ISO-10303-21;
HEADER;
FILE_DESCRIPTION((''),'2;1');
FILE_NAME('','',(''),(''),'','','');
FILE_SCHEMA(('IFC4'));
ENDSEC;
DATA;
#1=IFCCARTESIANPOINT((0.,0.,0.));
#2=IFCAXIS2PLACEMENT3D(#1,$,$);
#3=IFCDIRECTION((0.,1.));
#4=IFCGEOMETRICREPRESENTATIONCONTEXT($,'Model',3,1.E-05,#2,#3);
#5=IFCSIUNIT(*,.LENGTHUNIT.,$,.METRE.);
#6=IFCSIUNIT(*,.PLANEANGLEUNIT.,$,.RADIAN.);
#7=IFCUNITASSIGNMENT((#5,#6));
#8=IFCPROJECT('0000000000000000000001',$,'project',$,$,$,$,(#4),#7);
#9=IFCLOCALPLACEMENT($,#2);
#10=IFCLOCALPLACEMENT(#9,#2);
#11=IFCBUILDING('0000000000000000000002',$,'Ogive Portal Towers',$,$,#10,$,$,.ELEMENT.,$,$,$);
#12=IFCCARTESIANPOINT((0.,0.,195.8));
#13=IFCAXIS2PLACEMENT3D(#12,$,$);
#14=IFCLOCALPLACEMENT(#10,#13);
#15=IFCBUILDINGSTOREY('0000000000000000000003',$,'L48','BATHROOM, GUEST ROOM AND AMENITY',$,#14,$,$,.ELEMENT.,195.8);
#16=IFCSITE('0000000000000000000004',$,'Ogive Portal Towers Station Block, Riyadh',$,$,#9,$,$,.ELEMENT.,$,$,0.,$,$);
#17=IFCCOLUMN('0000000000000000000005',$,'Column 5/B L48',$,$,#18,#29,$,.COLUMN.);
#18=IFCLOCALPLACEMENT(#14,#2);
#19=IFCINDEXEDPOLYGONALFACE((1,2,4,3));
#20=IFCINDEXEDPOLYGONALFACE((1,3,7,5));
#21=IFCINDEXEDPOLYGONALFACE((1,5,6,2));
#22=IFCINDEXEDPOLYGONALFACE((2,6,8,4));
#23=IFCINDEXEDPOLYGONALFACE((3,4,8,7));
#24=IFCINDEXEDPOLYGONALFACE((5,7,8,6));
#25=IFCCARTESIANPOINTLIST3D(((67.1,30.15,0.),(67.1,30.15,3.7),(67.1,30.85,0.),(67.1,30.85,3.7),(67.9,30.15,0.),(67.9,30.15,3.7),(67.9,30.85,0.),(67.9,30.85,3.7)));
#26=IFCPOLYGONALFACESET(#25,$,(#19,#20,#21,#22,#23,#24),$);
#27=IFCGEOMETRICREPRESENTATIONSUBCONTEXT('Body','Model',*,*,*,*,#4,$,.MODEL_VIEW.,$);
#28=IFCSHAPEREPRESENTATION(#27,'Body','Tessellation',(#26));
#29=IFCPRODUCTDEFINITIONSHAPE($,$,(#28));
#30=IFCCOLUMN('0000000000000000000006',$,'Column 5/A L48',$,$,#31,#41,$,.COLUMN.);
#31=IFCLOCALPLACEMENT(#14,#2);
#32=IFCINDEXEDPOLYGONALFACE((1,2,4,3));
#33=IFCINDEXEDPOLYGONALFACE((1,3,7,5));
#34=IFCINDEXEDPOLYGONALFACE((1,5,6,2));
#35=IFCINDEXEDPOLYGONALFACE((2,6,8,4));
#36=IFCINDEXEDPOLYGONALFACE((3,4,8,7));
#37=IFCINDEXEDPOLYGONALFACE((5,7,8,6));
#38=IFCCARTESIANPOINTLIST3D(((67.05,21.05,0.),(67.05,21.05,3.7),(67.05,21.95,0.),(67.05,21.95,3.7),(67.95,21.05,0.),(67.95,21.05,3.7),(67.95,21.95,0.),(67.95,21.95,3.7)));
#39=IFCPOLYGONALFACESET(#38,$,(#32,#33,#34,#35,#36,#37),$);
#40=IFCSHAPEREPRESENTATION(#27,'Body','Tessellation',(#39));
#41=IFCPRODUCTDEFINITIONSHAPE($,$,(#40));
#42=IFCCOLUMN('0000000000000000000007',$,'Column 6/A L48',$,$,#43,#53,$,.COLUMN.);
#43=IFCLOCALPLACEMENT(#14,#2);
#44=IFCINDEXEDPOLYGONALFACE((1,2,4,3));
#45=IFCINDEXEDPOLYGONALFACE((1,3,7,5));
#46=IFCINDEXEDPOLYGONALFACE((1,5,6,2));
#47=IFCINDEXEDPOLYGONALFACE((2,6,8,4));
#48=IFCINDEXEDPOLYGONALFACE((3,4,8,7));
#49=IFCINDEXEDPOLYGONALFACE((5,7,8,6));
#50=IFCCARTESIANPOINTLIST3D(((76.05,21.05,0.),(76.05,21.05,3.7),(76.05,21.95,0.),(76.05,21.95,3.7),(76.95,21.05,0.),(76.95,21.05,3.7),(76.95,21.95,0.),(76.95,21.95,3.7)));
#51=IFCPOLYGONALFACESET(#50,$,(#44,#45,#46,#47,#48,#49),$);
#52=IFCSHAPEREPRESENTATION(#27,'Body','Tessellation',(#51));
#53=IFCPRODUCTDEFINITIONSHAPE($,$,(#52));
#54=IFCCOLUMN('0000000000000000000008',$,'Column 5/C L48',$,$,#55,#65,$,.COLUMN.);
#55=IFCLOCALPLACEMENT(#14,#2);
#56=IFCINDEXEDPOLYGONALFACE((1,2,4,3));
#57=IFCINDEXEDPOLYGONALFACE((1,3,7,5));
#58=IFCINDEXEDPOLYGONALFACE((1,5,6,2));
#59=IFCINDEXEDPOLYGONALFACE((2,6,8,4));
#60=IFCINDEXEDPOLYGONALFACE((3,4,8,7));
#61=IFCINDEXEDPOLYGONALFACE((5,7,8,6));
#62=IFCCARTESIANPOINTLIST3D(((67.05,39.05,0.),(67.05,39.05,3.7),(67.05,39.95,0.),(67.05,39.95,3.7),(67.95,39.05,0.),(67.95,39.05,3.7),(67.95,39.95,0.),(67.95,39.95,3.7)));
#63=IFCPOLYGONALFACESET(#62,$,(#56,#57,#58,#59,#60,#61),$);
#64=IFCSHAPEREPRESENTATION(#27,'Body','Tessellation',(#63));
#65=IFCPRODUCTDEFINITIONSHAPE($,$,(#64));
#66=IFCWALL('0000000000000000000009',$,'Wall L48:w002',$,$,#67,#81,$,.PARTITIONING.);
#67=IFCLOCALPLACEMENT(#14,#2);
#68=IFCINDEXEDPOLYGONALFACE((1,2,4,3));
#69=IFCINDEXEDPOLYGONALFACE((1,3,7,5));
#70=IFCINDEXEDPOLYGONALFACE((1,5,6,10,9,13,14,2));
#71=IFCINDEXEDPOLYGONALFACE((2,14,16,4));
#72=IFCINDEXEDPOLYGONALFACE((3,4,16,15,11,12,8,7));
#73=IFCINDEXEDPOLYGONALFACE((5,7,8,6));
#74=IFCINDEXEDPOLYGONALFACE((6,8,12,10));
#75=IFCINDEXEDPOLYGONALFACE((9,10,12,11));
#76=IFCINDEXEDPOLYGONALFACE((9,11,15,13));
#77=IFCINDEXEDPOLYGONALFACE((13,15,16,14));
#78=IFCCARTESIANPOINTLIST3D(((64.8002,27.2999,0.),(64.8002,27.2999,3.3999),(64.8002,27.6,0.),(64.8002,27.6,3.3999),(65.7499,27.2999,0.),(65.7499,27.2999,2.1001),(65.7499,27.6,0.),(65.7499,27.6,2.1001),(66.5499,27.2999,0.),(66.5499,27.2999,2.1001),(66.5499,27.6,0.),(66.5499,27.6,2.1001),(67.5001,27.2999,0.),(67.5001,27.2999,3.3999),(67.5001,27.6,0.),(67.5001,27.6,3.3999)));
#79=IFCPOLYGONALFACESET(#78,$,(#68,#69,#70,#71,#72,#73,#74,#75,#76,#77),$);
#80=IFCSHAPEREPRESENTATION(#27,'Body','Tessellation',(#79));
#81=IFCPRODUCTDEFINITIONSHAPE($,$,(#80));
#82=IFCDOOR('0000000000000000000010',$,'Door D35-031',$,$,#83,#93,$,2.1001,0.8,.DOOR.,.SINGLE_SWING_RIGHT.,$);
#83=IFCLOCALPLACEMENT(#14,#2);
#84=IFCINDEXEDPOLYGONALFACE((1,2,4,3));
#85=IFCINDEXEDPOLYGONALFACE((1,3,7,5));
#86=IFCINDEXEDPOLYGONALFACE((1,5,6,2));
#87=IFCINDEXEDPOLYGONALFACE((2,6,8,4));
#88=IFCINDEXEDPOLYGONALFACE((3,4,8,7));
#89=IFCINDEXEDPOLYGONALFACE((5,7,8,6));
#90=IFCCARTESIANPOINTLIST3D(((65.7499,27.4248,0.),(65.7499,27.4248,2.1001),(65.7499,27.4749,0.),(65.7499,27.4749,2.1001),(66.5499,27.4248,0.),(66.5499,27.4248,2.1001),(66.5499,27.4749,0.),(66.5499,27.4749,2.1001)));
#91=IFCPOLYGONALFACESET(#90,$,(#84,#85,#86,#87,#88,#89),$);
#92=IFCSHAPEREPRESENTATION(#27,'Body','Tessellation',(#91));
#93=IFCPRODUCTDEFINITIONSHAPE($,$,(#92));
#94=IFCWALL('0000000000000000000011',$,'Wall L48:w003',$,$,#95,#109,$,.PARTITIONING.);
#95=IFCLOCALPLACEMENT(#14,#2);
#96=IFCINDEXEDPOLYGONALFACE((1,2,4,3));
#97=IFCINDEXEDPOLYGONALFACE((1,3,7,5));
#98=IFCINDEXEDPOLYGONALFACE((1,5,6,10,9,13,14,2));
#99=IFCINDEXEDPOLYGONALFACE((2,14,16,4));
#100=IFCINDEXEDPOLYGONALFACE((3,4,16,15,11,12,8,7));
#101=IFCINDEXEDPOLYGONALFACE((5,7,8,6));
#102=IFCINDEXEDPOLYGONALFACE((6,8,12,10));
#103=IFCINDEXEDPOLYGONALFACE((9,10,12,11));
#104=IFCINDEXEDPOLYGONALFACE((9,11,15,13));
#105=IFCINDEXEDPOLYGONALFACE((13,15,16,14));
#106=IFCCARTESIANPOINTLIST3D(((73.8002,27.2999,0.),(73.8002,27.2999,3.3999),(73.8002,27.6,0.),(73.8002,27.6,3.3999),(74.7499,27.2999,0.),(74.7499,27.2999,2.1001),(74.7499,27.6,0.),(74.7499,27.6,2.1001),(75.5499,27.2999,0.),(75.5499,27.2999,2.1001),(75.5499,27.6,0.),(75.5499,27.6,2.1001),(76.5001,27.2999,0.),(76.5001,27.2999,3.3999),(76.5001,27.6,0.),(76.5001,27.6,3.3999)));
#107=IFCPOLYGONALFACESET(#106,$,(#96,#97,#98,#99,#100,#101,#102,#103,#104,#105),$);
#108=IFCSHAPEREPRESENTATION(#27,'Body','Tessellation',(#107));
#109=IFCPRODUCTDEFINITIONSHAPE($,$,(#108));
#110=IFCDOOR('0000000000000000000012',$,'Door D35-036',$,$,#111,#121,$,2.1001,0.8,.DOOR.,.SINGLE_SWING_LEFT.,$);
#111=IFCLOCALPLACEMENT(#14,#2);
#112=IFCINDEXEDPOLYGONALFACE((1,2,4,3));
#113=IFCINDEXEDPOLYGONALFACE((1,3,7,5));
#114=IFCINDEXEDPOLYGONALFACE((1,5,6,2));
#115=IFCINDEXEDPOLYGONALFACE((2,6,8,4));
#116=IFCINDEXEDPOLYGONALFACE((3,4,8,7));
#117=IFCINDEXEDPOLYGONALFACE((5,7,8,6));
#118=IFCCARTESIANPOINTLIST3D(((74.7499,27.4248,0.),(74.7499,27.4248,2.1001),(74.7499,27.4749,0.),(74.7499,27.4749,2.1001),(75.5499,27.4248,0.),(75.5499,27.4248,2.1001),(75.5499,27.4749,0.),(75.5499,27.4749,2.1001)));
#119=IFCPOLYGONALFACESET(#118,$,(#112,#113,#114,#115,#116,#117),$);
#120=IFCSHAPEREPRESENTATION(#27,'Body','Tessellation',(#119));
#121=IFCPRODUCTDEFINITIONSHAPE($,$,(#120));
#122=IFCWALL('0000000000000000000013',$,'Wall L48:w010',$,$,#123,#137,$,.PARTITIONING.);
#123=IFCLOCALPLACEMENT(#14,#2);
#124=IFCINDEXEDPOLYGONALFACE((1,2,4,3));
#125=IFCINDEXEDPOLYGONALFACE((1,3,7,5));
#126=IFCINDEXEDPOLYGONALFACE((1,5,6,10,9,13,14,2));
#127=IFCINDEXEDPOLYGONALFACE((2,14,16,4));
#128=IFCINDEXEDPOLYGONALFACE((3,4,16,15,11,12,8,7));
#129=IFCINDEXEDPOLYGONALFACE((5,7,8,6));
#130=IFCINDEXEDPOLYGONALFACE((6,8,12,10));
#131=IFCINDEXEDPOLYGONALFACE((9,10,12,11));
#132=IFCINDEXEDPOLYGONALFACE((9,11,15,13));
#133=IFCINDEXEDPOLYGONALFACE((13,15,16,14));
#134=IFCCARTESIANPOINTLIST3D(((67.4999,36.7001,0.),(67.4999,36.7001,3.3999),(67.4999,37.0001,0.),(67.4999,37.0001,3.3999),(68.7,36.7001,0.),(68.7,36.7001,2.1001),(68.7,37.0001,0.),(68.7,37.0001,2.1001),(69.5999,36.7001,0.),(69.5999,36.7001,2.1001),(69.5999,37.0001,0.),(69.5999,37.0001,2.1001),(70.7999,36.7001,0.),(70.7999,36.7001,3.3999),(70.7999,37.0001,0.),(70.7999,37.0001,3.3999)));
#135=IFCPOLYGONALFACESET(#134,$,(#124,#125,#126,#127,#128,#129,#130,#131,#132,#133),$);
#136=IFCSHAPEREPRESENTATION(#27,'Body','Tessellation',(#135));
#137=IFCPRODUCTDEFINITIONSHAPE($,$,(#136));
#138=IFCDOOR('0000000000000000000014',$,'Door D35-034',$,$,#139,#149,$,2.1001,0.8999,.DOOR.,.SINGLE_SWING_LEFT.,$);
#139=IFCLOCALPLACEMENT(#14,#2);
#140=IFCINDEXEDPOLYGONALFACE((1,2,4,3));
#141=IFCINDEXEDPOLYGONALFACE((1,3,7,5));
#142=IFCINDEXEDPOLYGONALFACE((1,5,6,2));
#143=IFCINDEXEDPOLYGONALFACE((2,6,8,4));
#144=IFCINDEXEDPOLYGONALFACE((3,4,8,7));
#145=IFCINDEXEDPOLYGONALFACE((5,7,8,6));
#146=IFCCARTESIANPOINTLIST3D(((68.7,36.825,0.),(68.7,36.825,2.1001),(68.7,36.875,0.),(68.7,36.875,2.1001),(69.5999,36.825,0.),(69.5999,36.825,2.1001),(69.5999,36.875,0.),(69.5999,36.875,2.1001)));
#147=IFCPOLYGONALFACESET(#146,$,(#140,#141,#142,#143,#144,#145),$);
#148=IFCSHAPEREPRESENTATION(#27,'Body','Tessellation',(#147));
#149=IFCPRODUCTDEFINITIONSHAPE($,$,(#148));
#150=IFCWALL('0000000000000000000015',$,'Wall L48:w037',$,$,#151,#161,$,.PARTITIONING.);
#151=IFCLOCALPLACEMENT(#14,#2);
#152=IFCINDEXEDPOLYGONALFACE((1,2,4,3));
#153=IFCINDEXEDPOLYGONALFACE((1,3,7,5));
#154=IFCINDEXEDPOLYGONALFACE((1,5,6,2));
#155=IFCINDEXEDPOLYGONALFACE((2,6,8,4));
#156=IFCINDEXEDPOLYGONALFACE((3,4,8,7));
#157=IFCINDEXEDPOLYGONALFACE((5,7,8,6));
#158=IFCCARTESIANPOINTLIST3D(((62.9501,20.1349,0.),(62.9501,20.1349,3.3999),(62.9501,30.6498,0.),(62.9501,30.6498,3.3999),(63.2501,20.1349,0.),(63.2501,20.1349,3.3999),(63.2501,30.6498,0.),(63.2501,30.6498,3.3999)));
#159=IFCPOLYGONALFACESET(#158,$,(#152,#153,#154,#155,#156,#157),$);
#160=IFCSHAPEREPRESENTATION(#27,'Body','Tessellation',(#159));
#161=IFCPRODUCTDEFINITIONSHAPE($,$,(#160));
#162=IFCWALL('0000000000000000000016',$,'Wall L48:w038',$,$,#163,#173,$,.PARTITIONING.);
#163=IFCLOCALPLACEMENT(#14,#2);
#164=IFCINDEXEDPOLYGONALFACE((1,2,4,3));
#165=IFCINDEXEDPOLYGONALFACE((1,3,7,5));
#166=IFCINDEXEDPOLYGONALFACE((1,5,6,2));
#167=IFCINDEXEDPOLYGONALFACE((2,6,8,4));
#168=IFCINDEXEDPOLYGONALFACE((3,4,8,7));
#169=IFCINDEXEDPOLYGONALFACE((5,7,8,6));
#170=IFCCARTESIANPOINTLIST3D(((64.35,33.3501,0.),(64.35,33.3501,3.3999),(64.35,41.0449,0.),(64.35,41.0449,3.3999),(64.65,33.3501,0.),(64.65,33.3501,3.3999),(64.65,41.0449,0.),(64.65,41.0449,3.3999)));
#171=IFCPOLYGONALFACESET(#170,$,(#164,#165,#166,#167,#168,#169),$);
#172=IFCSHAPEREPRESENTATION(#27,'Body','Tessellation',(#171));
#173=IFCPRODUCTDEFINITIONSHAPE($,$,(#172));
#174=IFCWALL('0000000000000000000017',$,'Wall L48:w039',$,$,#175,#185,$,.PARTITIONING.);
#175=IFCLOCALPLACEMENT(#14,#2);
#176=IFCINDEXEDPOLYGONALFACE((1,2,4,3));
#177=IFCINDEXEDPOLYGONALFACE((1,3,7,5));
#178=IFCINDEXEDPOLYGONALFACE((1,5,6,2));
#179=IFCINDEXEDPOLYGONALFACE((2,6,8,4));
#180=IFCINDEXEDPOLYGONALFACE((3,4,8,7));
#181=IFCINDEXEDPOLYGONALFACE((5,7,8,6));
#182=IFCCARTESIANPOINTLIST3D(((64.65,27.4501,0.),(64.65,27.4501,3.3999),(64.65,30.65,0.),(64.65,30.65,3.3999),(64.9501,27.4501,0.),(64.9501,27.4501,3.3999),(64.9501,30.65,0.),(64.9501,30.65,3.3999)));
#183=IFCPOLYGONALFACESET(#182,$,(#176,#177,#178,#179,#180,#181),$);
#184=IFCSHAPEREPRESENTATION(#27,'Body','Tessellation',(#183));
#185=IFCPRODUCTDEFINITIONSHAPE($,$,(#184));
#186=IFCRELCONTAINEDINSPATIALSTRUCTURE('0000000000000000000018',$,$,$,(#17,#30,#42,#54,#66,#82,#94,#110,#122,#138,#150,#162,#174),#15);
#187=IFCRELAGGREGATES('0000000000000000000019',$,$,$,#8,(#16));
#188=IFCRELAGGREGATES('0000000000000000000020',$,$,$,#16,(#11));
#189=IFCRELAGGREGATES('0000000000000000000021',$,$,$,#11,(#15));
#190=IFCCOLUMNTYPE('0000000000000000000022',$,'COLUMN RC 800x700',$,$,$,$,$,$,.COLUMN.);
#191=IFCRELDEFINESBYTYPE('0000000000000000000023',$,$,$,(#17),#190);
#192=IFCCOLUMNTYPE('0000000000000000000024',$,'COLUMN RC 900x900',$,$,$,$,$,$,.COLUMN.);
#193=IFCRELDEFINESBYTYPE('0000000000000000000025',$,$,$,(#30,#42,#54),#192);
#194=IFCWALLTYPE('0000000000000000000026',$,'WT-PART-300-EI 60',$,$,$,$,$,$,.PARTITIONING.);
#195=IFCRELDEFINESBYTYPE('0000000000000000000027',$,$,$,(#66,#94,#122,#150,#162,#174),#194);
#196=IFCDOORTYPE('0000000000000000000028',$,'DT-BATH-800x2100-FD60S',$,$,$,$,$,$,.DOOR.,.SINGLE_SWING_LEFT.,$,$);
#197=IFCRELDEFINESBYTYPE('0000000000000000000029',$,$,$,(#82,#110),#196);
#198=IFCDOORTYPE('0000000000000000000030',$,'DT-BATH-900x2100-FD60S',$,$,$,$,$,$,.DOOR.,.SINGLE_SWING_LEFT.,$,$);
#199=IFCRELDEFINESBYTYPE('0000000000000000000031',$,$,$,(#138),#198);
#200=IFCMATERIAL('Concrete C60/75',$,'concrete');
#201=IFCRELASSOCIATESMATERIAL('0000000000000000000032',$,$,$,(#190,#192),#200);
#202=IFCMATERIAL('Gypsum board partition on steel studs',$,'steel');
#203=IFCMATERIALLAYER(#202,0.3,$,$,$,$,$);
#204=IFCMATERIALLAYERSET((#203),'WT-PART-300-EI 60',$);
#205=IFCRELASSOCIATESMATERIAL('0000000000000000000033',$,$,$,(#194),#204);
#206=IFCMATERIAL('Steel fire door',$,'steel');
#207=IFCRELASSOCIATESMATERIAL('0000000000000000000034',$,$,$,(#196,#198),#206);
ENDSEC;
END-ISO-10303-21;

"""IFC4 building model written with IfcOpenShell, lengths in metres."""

from ifc_helpers import new_model, si_unit, direction, frame, frame_2d, origin, origin_2d, place, context, subcontext, project, spatial, rectangle, extrude, material, layer, layer_set, material_profile, profile_set, type_object, element, fill, save


model = new_model("IFC4")

# Units and contexts
model_context = context("Model", 3, precision=1e-05, world=origin(), true_north=direction((0.0, 1.0)))
body_context = subcontext(model_context, "Body", "Model", "MODEL_VIEW")
ifc_project = project(units=[si_unit("LENGTHUNIT", "METRE"), si_unit("PLANEANGLEUNIT", "RADIAN")], contexts=[model_context])

# Site, building, storey
site_placement = place(None, origin())
site = spatial("IfcSite", under=ifc_project, at=site_placement, Name="Ogive Portal Towers Station Block, Riyadh", CompositionType="ELEMENT", RefElevation=0.0)
building_placement = place(site_placement, origin())
building = spatial("IfcBuilding", under=site, at=building_placement, Name="Ogive Portal Towers", CompositionType="ELEMENT")
storey_placement = place(building_placement, frame((0.0, 0.0, 195.8)))
storey = spatial("IfcBuildingStorey", under=building, at=storey_placement, Name="L48", Description="BATHROOM, GUEST ROOM AND AMENITY", CompositionType="ELEMENT", Elevation=195.8)

# Columns
ifc_material_1 = material(Name="Concrete C60/75", Category="concrete")
ifc_material_profile_1 = material_profile(ifc_material_1, rectangle(XDim=0.8, YDim=0.7, at=origin_2d()), Name="RC 800x700")
ifc_profile_set_1 = profile_set([ifc_material_profile_1], Name="Concrete C60/75")
column_type_1 = type_object("IfcColumnType", Name="COLUMN RC 800x700", PredefinedType="COLUMN", material=ifc_profile_set_1)
column_placement = place(storey_placement, frame((67.5, 30.5, 0.0), z_axis=(0.0, 0.0, 1.0), x_axis=(1.0, 0.0, 0.0)))
element("IfcColumn", 1, at=column_placement, inside=storey, type_object=column_type_1, Name="Column 5/B L48", PredefinedType="COLUMN", context=body_context, shape_type="SweptSolid", body=[
    extrude(rectangle(XDim=0.8, YDim=0.7, at=origin_2d()), origin(), (0.0, 0.0, 1.0), 3.7),
])
ifc_material_profile_2 = material_profile(ifc_material_1, rectangle(XDim=0.8999, YDim=0.8999, at=origin_2d()), Name="RC 900x900")
ifc_profile_set_2 = profile_set([ifc_material_profile_2], Name="Concrete C60/75")
column_type_2 = type_object("IfcColumnType", Name="COLUMN RC 900x900", PredefinedType="COLUMN", material=ifc_profile_set_2)
for number, where, z_axis, x_axis, name in (
    (2, (67.5, 21.5, 0.0), (0.0, 0.0, 1.0), (1.0, 0.0, 0.0), "Column 5/A L48"),
    (3, (76.5, 21.5, 0.0), (0.0, 0.0, 1.0), (1.0, 0.0, 0.0), "Column 6/A L48"),
    (4, (67.5, 39.5, 0.0), (0.0, 0.0, 1.0), (1.0, 0.0, 0.0), "Column 5/C L48"),
):
    element("IfcColumn", number, at=place(storey_placement, frame(where, z_axis=z_axis, x_axis=x_axis)), inside=storey, type_object=column_type_2, Name=name, PredefinedType="COLUMN", context=body_context, shape_type="SweptSolid", body=[
        extrude(rectangle(XDim=0.8999, YDim=0.8999, at=origin_2d()), origin(), (0.0, 0.0, 1.0), 3.7),
    ])

# Walls, openings, doors
ifc_material_2 = material(Name="Gypsum board partition on steel studs", Category="steel")
ifc_layer_1 = layer(ifc_material_2, 0.3)
ifc_layer_set_1 = layer_set([ifc_layer_1], Name="WT-PART-300-EI 60")
wall_type = type_object("IfcWallType", Name="WT-PART-300-EI 60", PredefinedType="PARTITIONING", material=ifc_layer_set_1)
wall_1_placement = place(storey_placement, frame((64.8, 27.45, 0.0), z_axis=(0.0, 0.0, 1.0), x_axis=(1.0, 0.0, 0.0)))
wall_1 = element("IfcWall", 5, at=wall_1_placement, inside=storey, type_object=wall_type, Name="Wall L48:w002", PredefinedType="PARTITIONING", context=body_context, shape_type="SweptSolid", body=[
    extrude(rectangle(XDim=2.7, YDim=0.3, at=frame_2d((1.3501, 0.0))), origin(), (0.0, 0.0, 1.0), 3.3999),
])
opening_1_placement = place(wall_1_placement, frame((0.95, 0.0, 0.0)))
opening_1 = element("IfcOpeningElement", 6, at=opening_1_placement, cuts=wall_1, PredefinedType="OPENING", context=body_context, shape_type="SweptSolid", body=[
    extrude(rectangle(XDim=0.8, YDim=2.1001, at=frame_2d((0.3999, 1.05))), frame((0.0, 0.1602, 0.0), z_axis=(0.0, -1.0, 0.0), x_axis=(1.0, 0.0, 0.0)), (0.0, 0.0, 1.0), 0.3201),
])
ifc_material_3 = material(Name="Steel fire door", Category="steel")
door_type_1 = type_object("IfcDoorType", Name="DT-BATH-800x2100-FD60S", OperationType="SINGLE_SWING_LEFT", PredefinedType="DOOR", material=ifc_material_3)
door_1_placement = place(opening_1_placement, origin())
door_1 = element("IfcDoor", 7, at=door_1_placement, inside=storey, type_object=door_type_1, Name="Door D35-031", OperationType="SINGLE_SWING_RIGHT", OverallHeight=2.1001, OverallWidth=0.8, PredefinedType="DOOR", context=body_context, shape_type="SweptSolid", body=[
    extrude(rectangle(XDim=0.8, YDim=2.1001, at=frame_2d((0.3999, 1.05))), frame((0.0, 0.0249, 0.0), z_axis=(0.0, -1.0, 0.0), x_axis=(1.0, 0.0, 0.0)), (0.0, 0.0, 1.0), 0.05),
])
fill(opening_1, door_1)
wall_2_placement = place(storey_placement, frame((73.8, 27.45, 0.0), z_axis=(0.0, 0.0, 1.0), x_axis=(1.0, 0.0, 0.0)))
wall_2 = element("IfcWall", 8, at=wall_2_placement, inside=storey, type_object=wall_type, Name="Wall L48:w003", PredefinedType="PARTITIONING", context=body_context, shape_type="SweptSolid", body=[
    extrude(rectangle(XDim=2.7, YDim=0.3, at=frame_2d((1.3501, 0.0))), origin(), (0.0, 0.0, 1.0), 3.3999),
])
opening_2_placement = place(wall_2_placement, frame((0.95, 0.0, 0.0)))
opening_2 = element("IfcOpeningElement", 9, at=opening_2_placement, cuts=wall_2, PredefinedType="OPENING", context=body_context, shape_type="SweptSolid", body=[
    extrude(rectangle(XDim=0.8, YDim=2.1001, at=frame_2d((0.3999, 1.05))), frame((0.0, 0.1602, 0.0), z_axis=(0.0, -1.0, 0.0), x_axis=(1.0, 0.0, 0.0)), (0.0, 0.0, 1.0), 0.3201),
])
door_2_placement = place(opening_2_placement, origin())
door_2 = element("IfcDoor", 10, at=door_2_placement, inside=storey, type_object=door_type_1, Name="Door D35-036", OperationType="SINGLE_SWING_LEFT", OverallHeight=2.1001, OverallWidth=0.8, PredefinedType="DOOR", context=body_context, shape_type="SweptSolid", body=[
    extrude(rectangle(XDim=0.8, YDim=2.1001, at=frame_2d((0.3999, 1.05))), frame((0.0, 0.0249, 0.0), z_axis=(0.0, -1.0, 0.0), x_axis=(1.0, 0.0, 0.0)), (0.0, 0.0, 1.0), 0.05),
])
fill(opening_2, door_2)
wall_3_placement = place(storey_placement, frame((67.5, 36.8501, 0.0), z_axis=(0.0, 0.0, 1.0), x_axis=(1.0, 0.0, 0.0)))
wall_3 = element("IfcWall", 11, at=wall_3_placement, inside=storey, type_object=wall_type, Name="Wall L48:w010", PredefinedType="PARTITIONING", context=body_context, shape_type="SweptSolid", body=[
    extrude(rectangle(XDim=3.3, YDim=0.3, at=frame_2d((1.6499, 0.0))), origin(), (0.0, 0.0, 1.0), 3.3999),
])
opening_3_placement = place(wall_3_placement, frame((1.2, 0.0, 0.0)))
opening_3 = element("IfcOpeningElement", 12, at=opening_3_placement, cuts=wall_3, PredefinedType="OPENING", context=body_context, shape_type="SweptSolid", body=[
    extrude(rectangle(XDim=0.8999, YDim=2.1001, at=frame_2d((0.45, 1.05))), frame((0.0, 0.1602, 0.0), z_axis=(0.0, -1.0, 0.0), x_axis=(1.0, 0.0, 0.0)), (0.0, 0.0, 1.0), 0.3201),
])
door_type_2 = type_object("IfcDoorType", Name="DT-BATH-900x2100-FD60S", OperationType="SINGLE_SWING_LEFT", PredefinedType="DOOR", material=ifc_material_3)
door_3_placement = place(opening_3_placement, origin())
door_3 = element("IfcDoor", 13, at=door_3_placement, inside=storey, type_object=door_type_2, Name="Door D35-034", OperationType="SINGLE_SWING_LEFT", OverallHeight=2.1001, OverallWidth=0.8999, PredefinedType="DOOR", context=body_context, shape_type="SweptSolid", body=[
    extrude(rectangle(XDim=0.8999, YDim=2.1001, at=frame_2d((0.45, 1.05))), frame((0.0, 0.0249, 0.0), z_axis=(0.0, -1.0, 0.0), x_axis=(1.0, 0.0, 0.0)), (0.0, 0.0, 1.0), 0.05),
])
fill(opening_3, door_3)

# Walls
wall_4_placement = place(storey_placement, frame((63.1001, 20.135, 0.0), z_axis=(0.0, 0.0, 1.0), x_axis=(0.0, 1.0, 0.0)))
element("IfcWall", 14, at=wall_4_placement, inside=storey, type_object=wall_type, Name="Wall L48:w037", PredefinedType="PARTITIONING", context=body_context, shape_type="SweptSolid", body=[
    extrude(rectangle(XDim=10.5149, YDim=0.3, at=frame_2d((5.2573, 0.0))), origin(), (0.0, 0.0, 1.0), 3.3999),
])
wall_5_placement = place(storey_placement, frame((64.5, 33.3501, 0.0), z_axis=(0.0, 0.0, 1.0), x_axis=(0.0, 1.0, 0.0)))
element("IfcWall", 15, at=wall_5_placement, inside=storey, type_object=wall_type, Name="Wall L48:w038", PredefinedType="PARTITIONING", context=body_context, shape_type="SweptSolid", body=[
    extrude(rectangle(XDim=7.6948, YDim=0.3, at=frame_2d((3.8474, 0.0))), origin(), (0.0, 0.0, 1.0), 3.3999),
])
wall_6_placement = place(storey_placement, frame((64.8, 27.45, 0.0), z_axis=(0.0, 0.0, 1.0), x_axis=(0.0, 1.0, 0.0)))
element("IfcWall", 16, at=wall_6_placement, inside=storey, type_object=wall_type, Name="Wall L48:w039", PredefinedType="PARTITIONING", context=body_context, shape_type="SweptSolid", body=[
    extrude(rectangle(XDim=3.2, YDim=0.3, at=frame_2d((1.6001, 0.0))), origin(), (0.0, 0.0, 1.0), 3.3999),
])

save(model, "model.ifc")
